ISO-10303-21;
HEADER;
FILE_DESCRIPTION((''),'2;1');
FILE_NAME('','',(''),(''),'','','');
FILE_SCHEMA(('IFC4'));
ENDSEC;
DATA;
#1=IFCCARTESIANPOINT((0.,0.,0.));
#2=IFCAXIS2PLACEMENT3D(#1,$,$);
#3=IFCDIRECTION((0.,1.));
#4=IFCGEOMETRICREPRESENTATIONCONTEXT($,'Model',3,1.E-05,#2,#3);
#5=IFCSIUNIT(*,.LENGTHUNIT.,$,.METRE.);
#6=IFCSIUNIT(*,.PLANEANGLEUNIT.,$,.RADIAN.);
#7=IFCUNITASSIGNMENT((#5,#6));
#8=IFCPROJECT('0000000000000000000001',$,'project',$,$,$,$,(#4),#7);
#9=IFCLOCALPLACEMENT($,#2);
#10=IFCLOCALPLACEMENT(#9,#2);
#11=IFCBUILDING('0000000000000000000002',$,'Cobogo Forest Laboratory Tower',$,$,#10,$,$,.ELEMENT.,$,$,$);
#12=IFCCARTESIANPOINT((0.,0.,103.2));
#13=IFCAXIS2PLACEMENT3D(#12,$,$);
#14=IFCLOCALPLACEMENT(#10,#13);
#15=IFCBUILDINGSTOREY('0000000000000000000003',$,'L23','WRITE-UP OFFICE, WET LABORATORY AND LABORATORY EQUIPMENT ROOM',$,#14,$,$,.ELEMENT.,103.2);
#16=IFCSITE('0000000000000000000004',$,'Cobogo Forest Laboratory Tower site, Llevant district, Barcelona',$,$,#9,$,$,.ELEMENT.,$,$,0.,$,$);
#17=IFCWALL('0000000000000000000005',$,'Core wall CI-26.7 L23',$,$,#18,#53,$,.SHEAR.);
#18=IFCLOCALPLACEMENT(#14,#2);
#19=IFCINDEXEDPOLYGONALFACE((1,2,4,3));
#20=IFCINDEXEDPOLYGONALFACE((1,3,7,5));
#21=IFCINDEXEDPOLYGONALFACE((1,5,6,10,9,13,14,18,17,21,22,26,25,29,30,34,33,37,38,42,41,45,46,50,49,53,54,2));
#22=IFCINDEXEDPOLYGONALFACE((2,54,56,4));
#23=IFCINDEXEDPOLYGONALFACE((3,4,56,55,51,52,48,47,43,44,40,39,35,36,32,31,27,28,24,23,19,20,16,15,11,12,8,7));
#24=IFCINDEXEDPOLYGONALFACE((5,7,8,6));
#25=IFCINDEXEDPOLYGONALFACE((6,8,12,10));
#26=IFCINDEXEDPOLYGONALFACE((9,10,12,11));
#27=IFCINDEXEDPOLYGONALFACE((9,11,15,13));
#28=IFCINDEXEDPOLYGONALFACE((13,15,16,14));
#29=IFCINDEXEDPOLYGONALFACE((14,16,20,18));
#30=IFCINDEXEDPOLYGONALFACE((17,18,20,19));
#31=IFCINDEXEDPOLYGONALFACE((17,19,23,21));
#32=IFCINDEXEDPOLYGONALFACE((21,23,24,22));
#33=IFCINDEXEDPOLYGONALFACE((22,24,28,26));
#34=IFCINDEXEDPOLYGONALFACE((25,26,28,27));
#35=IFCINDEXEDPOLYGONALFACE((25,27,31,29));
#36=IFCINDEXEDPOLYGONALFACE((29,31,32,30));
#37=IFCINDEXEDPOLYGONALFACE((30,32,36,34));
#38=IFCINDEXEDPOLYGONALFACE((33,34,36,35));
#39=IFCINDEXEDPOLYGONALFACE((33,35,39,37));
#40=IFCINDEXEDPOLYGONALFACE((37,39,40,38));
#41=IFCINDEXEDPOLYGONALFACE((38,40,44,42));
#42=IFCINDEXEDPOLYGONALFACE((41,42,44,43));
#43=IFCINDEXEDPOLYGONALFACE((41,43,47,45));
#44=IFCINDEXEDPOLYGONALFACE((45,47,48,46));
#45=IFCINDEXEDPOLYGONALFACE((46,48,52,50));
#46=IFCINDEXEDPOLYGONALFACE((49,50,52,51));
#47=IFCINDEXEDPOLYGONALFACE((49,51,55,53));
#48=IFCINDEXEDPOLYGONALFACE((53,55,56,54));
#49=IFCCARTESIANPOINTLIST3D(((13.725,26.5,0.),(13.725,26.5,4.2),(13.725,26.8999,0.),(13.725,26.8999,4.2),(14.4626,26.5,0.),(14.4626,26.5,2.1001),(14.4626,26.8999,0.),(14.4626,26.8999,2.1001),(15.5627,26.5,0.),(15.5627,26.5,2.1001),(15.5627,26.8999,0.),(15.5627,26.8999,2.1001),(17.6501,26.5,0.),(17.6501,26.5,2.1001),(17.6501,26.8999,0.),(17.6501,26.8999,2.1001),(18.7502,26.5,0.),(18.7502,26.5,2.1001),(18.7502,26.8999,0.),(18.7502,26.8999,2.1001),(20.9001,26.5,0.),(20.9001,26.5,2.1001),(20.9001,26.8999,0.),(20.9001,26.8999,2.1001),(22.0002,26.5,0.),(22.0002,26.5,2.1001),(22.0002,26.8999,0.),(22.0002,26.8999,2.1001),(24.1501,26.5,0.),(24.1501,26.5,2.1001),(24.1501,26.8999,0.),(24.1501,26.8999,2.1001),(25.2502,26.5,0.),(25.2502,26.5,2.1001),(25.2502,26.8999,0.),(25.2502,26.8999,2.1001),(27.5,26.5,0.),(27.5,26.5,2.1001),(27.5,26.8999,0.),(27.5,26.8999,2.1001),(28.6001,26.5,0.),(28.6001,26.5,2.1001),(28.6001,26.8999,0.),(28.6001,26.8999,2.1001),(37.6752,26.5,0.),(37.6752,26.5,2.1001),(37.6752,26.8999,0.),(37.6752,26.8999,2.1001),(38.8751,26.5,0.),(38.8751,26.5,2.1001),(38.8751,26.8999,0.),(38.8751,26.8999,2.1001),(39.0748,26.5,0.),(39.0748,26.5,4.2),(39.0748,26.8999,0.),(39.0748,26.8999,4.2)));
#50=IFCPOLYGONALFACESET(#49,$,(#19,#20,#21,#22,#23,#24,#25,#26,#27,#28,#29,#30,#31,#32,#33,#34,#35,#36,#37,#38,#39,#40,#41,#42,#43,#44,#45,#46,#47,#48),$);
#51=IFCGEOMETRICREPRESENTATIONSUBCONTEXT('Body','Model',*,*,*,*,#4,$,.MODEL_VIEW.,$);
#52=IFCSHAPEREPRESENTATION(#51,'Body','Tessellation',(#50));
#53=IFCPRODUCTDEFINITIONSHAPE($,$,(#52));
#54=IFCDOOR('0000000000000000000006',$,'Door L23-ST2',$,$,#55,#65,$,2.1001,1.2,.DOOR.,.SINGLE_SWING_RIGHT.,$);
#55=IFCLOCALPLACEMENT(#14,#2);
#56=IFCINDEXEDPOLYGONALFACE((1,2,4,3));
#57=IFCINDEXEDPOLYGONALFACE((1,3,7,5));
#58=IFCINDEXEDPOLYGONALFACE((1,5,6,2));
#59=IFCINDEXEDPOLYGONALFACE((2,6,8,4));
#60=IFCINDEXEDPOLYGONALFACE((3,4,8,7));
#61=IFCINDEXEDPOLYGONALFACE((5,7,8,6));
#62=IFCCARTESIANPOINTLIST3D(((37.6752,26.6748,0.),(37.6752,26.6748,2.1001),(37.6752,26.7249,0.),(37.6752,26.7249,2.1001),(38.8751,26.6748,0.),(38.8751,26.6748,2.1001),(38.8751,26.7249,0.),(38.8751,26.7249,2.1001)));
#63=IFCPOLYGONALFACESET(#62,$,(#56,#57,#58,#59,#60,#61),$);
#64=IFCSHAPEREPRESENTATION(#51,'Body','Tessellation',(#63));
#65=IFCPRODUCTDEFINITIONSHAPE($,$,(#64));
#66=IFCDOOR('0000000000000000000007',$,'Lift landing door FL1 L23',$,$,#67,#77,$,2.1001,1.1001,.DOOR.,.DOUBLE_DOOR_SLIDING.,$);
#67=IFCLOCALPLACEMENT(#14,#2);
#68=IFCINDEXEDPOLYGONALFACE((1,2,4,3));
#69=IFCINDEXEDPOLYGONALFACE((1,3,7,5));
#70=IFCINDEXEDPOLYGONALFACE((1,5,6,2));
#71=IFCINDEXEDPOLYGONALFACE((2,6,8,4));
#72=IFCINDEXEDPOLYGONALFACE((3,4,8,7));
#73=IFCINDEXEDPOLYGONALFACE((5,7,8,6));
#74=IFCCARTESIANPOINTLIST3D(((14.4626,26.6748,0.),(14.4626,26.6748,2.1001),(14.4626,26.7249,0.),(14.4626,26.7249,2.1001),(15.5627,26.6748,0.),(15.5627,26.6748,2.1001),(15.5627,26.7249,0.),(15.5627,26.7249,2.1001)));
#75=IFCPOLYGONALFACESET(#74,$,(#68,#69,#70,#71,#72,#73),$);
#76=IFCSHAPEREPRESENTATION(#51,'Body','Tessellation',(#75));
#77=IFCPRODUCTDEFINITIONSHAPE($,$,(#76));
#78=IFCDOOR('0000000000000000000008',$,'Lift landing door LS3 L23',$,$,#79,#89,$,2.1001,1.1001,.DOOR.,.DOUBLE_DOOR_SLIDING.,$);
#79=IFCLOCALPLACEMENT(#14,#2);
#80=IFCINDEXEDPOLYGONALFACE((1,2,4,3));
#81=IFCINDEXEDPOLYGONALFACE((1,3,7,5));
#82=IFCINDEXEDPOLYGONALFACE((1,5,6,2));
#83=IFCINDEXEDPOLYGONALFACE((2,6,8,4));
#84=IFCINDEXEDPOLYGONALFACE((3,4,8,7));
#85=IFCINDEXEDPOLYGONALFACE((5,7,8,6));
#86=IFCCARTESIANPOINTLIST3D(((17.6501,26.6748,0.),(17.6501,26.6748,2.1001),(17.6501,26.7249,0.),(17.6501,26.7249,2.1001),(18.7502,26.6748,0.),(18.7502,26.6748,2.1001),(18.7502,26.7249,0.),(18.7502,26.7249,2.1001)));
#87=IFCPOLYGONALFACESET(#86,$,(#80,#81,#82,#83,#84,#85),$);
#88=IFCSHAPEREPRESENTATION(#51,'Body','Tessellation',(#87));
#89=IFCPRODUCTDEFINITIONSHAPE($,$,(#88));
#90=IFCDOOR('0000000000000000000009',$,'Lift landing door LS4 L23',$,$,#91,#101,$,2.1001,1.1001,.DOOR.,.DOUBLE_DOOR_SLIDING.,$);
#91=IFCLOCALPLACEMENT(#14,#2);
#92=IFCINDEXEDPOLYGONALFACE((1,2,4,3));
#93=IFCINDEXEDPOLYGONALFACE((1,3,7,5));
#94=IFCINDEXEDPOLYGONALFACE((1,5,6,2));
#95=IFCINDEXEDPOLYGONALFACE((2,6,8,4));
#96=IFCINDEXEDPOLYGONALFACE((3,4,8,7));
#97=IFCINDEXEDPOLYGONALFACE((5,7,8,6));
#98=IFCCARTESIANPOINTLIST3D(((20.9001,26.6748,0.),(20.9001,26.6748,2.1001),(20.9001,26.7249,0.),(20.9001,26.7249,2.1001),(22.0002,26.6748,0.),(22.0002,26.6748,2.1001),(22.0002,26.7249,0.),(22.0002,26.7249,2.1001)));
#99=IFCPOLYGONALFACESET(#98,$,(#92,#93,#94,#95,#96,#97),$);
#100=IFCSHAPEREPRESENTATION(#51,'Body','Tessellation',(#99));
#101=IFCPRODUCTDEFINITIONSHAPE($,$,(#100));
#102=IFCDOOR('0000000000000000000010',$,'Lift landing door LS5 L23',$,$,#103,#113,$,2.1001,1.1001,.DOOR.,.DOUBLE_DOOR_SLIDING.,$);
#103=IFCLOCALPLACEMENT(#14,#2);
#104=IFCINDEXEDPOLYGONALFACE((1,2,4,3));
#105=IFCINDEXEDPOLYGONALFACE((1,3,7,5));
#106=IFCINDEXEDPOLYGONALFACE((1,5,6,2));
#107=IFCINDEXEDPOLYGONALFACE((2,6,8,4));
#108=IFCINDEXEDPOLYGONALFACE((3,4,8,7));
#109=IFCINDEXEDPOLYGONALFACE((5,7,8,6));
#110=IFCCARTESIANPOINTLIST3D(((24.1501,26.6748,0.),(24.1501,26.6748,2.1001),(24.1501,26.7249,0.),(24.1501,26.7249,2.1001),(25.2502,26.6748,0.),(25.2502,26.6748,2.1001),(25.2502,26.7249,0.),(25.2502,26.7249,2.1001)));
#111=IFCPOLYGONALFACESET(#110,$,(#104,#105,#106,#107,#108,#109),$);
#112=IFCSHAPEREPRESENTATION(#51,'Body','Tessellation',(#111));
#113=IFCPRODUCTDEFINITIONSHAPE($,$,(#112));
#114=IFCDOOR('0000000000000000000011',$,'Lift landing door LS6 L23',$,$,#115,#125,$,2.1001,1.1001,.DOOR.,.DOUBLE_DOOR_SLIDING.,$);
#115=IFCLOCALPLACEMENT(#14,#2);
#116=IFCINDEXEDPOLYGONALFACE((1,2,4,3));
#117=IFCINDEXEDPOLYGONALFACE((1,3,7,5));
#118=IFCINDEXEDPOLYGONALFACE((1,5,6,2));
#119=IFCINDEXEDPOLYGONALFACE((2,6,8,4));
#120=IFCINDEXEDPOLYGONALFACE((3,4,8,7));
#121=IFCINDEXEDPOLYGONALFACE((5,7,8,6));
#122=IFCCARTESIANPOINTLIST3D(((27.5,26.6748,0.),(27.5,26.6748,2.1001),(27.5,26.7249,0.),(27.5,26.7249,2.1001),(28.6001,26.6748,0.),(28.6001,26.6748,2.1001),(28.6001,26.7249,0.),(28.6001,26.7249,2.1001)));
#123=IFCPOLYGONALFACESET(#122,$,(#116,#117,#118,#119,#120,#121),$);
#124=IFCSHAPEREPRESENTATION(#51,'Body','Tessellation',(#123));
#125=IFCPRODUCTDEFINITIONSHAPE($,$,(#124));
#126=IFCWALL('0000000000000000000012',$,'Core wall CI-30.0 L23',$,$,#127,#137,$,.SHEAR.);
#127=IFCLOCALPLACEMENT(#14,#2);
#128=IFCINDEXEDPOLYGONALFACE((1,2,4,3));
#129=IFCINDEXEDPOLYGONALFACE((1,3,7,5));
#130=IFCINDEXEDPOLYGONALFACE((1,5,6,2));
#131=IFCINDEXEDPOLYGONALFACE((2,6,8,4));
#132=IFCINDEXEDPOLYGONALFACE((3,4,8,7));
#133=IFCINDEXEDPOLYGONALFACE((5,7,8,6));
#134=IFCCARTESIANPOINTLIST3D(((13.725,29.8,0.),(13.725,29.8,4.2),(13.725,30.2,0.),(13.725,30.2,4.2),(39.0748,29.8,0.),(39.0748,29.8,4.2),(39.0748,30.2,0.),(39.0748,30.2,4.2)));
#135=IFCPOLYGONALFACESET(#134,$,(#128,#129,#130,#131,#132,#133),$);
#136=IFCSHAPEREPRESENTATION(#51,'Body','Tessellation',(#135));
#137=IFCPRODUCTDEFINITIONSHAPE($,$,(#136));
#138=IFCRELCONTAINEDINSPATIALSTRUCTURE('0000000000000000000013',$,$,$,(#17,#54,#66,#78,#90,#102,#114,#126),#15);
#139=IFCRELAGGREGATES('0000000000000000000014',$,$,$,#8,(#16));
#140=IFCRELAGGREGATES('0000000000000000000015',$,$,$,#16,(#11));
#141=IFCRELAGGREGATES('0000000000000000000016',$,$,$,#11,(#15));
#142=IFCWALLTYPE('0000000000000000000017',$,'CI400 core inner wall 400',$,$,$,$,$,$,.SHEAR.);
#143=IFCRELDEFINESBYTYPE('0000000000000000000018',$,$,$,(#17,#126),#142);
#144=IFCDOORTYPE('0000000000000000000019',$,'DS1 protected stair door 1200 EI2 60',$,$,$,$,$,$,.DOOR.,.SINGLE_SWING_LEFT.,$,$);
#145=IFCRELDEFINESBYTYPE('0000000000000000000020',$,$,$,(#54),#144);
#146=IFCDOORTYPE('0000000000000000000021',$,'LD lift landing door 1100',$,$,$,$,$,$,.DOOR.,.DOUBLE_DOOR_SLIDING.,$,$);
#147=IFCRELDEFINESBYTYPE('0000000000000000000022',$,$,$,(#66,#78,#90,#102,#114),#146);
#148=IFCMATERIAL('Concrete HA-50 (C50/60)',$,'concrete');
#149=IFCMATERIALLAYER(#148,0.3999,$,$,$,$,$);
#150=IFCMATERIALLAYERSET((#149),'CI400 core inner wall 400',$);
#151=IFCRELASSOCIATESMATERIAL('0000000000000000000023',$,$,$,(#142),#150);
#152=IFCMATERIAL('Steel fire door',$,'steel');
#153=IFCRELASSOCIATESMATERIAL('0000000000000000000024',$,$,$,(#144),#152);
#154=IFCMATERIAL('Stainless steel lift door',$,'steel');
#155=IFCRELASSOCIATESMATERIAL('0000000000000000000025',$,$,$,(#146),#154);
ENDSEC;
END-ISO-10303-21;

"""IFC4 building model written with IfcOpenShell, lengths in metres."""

from ifc_helpers import new_model, si_unit, direction, frame, frame_2d, origin, place, context, subcontext, project, spatial, rectangle, extrude, material, layer, layer_set, type_object, element, fill, save


model = new_model("IFC4")

# Units and contexts
model_context = context("Model", 3, precision=1e-05, world=origin(), true_north=direction((0.0, 1.0)))
body_context = subcontext(model_context, "Body", "Model", "MODEL_VIEW")
ifc_project = project(units=[si_unit("LENGTHUNIT", "METRE"), si_unit("PLANEANGLEUNIT", "RADIAN")], contexts=[model_context])

# Site, building, storey
site_placement = place(None, origin())
site = spatial("IfcSite", under=ifc_project, at=site_placement, Name="Cobogo Forest Laboratory Tower site, Llevant district, Barcelona", CompositionType="ELEMENT", RefElevation=0.0)
building_placement = place(site_placement, origin())
building = spatial("IfcBuilding", under=site, at=building_placement, Name="Cobogo Forest Laboratory Tower", CompositionType="ELEMENT")
storey_placement = place(building_placement, frame((0.0, 0.0, 103.2)))
storey = spatial("IfcBuildingStorey", under=building, at=storey_placement, Name="L23", Description="WRITE-UP OFFICE, WET LABORATORY AND LABORATORY EQUIPMENT ROOM", CompositionType="ELEMENT", Elevation=103.2)

# Shared definitions
ifc_material_1 = material(Name="Concrete HA-50 (C50/60)", Category="concrete")

# Wall, openings, doors
ifc_layer_1 = layer(ifc_material_1, 0.3999)
ifc_layer_set_1 = layer_set([ifc_layer_1], Name="CI400 core inner wall 400")
wall_type_1 = type_object("IfcWallType", Name="CI400 core inner wall 400", PredefinedType="SHEAR", material=ifc_layer_set_1)
wall_1_placement = place(storey_placement, frame((13.7251, 26.7, 0.0), z_axis=(0.0, 0.0, 1.0), x_axis=(1.0, 0.0, 0.0)))
wall_1 = element("IfcWall", 1, at=wall_1_placement, inside=storey, type_object=wall_type_1, Name="Core wall CI-26.7 L23", PredefinedType="SHEAR", context=body_context, shape_type="SweptSolid", body=[
    extrude(rectangle(XDim=25.3499, YDim=0.3999, at=frame_2d((12.6748, 0.0))), origin(), (0.0, 0.0, 1.0), 4.2),
])
opening_1_placement = place(wall_1_placement, frame((23.95, 0.0, 0.0)))
opening_1 = element("IfcOpeningElement", 2, at=opening_1_placement, cuts=wall_1, PredefinedType="OPENING", context=body_context, shape_type="SweptSolid", body=[
    extrude(rectangle(XDim=1.2, YDim=2.1001, at=frame_2d((0.6001, 1.05))), frame((0.0, 0.21, 0.0), z_axis=(0.0, -1.0, 0.0), x_axis=(1.0, 0.0, 0.0)), (0.0, 0.0, 1.0), 0.4199),
])
opening_2_placement = place(wall_1_placement, frame((0.7375, 0.0, 0.0)))
opening_2 = element("IfcOpeningElement", 3, at=opening_2_placement, cuts=wall_1, PredefinedType="OPENING", context=body_context, shape_type="SweptSolid", body=[
    extrude(rectangle(XDim=1.1001, YDim=2.1001, at=frame_2d((0.55, 1.05))), frame((0.0, 0.21, 0.0), z_axis=(0.0, -1.0, 0.0), x_axis=(1.0, 0.0, 0.0)), (0.0, 0.0, 1.0), 0.4199),
])
opening_3_placement = place(wall_1_placement, frame((3.925, 0.0, 0.0)))
opening_3 = element("IfcOpeningElement", 4, at=opening_3_placement, cuts=wall_1, PredefinedType="OPENING", context=body_context, shape_type="SweptSolid", body=[
    extrude(rectangle(XDim=1.1001, YDim=2.1001, at=frame_2d((0.55, 1.05))), frame((0.0, 0.21, 0.0), z_axis=(0.0, -1.0, 0.0), x_axis=(1.0, 0.0, 0.0)), (0.0, 0.0, 1.0), 0.4199),
])
opening_4_placement = place(wall_1_placement, frame((7.175, 0.0, 0.0)))
opening_4 = element("IfcOpeningElement", 5, at=opening_4_placement, cuts=wall_1, PredefinedType="OPENING", context=body_context, shape_type="SweptSolid", body=[
    extrude(rectangle(XDim=1.1001, YDim=2.1001, at=frame_2d((0.55, 1.05))), frame((0.0, 0.21, 0.0), z_axis=(0.0, -1.0, 0.0), x_axis=(1.0, 0.0, 0.0)), (0.0, 0.0, 1.0), 0.4199),
])
opening_5_placement = place(wall_1_placement, frame((10.425, 0.0, 0.0)))
opening_5 = element("IfcOpeningElement", 6, at=opening_5_placement, cuts=wall_1, PredefinedType="OPENING", context=body_context, shape_type="SweptSolid", body=[
    extrude(rectangle(XDim=1.1001, YDim=2.1001, at=frame_2d((0.55, 1.05))), frame((0.0, 0.21, 0.0), z_axis=(0.0, -1.0, 0.0), x_axis=(1.0, 0.0, 0.0)), (0.0, 0.0, 1.0), 0.4199),
])
opening_6_placement = place(wall_1_placement, frame((13.7749, 0.0, 0.0)))
opening_6 = element("IfcOpeningElement", 7, at=opening_6_placement, cuts=wall_1, PredefinedType="OPENING", context=body_context, shape_type="SweptSolid", body=[
    extrude(rectangle(XDim=1.1001, YDim=2.1001, at=frame_2d((0.55, 1.05))), frame((0.0, 0.21, 0.0), z_axis=(0.0, -1.0, 0.0), x_axis=(1.0, 0.0, 0.0)), (0.0, 0.0, 1.0), 0.4199),
])
ifc_material_2 = material(Name="Steel fire door", Category="steel")
door_type_1 = type_object("IfcDoorType", Name="DS1 protected stair door 1200 EI2 60", OperationType="SINGLE_SWING_LEFT", PredefinedType="DOOR", material=ifc_material_2)
door_1_placement = place(opening_1_placement, origin())
door_1 = element("IfcDoor", 8, at=door_1_placement, inside=storey, type_object=door_type_1, Name="Door L23-ST2", OperationType="SINGLE_SWING_RIGHT", OverallHeight=2.1001, OverallWidth=1.2, PredefinedType="DOOR", context=body_context, shape_type="SweptSolid", body=[
    extrude(rectangle(XDim=1.2, YDim=2.1001, at=frame_2d((0.6001, 1.05))), frame((0.0, 0.0249, 0.0), z_axis=(0.0, -1.0, 0.0), x_axis=(1.0, 0.0, 0.0)), (0.0, 0.0, 1.0), 0.05),
])
fill(opening_1, door_1)
ifc_material_3 = material(Name="Stainless steel lift door", Category="steel")
door_type_2 = type_object("IfcDoorType", Name="LD lift landing door 1100", OperationType="DOUBLE_DOOR_SLIDING", PredefinedType="DOOR", material=ifc_material_3)
door_2_placement = place(opening_2_placement, origin())
door_2 = element("IfcDoor", 9, at=door_2_placement, inside=storey, type_object=door_type_2, Name="Lift landing door FL1 L23", OperationType="DOUBLE_DOOR_SLIDING", OverallHeight=2.1001, OverallWidth=1.1001, PredefinedType="DOOR", context=body_context, shape_type="SweptSolid", body=[
    extrude(rectangle(XDim=1.1001, YDim=2.1001, at=frame_2d((0.55, 1.05))), frame((0.0, 0.0249, 0.0), z_axis=(0.0, -1.0, 0.0), x_axis=(1.0, 0.0, 0.0)), (0.0, 0.0, 1.0), 0.05),
])
fill(opening_2, door_2)
door_3_placement = place(opening_3_placement, origin())
door_3 = element("IfcDoor", 10, at=door_3_placement, inside=storey, type_object=door_type_2, Name="Lift landing door LS3 L23", OperationType="DOUBLE_DOOR_SLIDING", OverallHeight=2.1001, OverallWidth=1.1001, PredefinedType="DOOR", context=body_context, shape_type="SweptSolid", body=[
    extrude(rectangle(XDim=1.1001, YDim=2.1001, at=frame_2d((0.55, 1.05))), frame((0.0, 0.0249, 0.0), z_axis=(0.0, -1.0, 0.0), x_axis=(1.0, 0.0, 0.0)), (0.0, 0.0, 1.0), 0.05),
])
fill(opening_3, door_3)
door_4_placement = place(opening_4_placement, origin())
door_4 = element("IfcDoor", 11, at=door_4_placement, inside=storey, type_object=door_type_2, Name="Lift landing door LS4 L23", OperationType="DOUBLE_DOOR_SLIDING", OverallHeight=2.1001, OverallWidth=1.1001, PredefinedType="DOOR", context=body_context, shape_type="SweptSolid", body=[
    extrude(rectangle(XDim=1.1001, YDim=2.1001, at=frame_2d((0.55, 1.05))), frame((0.0, 0.0249, 0.0), z_axis=(0.0, -1.0, 0.0), x_axis=(1.0, 0.0, 0.0)), (0.0, 0.0, 1.0), 0.05),
])
fill(opening_4, door_4)
door_5_placement = place(opening_5_placement, origin())
door_5 = element("IfcDoor", 12, at=door_5_placement, inside=storey, type_object=door_type_2, Name="Lift landing door LS5 L23", OperationType="DOUBLE_DOOR_SLIDING", OverallHeight=2.1001, OverallWidth=1.1001, PredefinedType="DOOR", context=body_context, shape_type="SweptSolid", body=[
    extrude(rectangle(XDim=1.1001, YDim=2.1001, at=frame_2d((0.55, 1.05))), frame((0.0, 0.0249, 0.0), z_axis=(0.0, -1.0, 0.0), x_axis=(1.0, 0.0, 0.0)), (0.0, 0.0, 1.0), 0.05),
])
fill(opening_5, door_5)
door_6_placement = place(opening_6_placement, origin())
door_6 = element("IfcDoor", 13, at=door_6_placement, inside=storey, type_object=door_type_2, Name="Lift landing door LS6 L23", OperationType="DOUBLE_DOOR_SLIDING", OverallHeight=2.1001, OverallWidth=1.1001, PredefinedType="DOOR", context=body_context, shape_type="SweptSolid", body=[
    extrude(rectangle(XDim=1.1001, YDim=2.1001, at=frame_2d((0.55, 1.05))), frame((0.0, 0.0249, 0.0), z_axis=(0.0, -1.0, 0.0), x_axis=(1.0, 0.0, 0.0)), (0.0, 0.0, 1.0), 0.05),
])
fill(opening_6, door_6)

# Wall
wall_2_placement = place(storey_placement, frame((13.7251, 30.0, 0.0), z_axis=(0.0, 0.0, 1.0), x_axis=(1.0, 0.0, 0.0)))
element("IfcWall", 14, at=wall_2_placement, inside=storey, type_object=wall_type_1, Name="Core wall CI-30.0 L23", PredefinedType="SHEAR", context=body_context, shape_type="SweptSolid", body=[
    extrude(rectangle(XDim=25.3499, YDim=0.3999, at=frame_2d((12.6748, 0.0))), origin(), (0.0, 0.0, 1.0), 4.2),
])

save(model, "model.ifc")
